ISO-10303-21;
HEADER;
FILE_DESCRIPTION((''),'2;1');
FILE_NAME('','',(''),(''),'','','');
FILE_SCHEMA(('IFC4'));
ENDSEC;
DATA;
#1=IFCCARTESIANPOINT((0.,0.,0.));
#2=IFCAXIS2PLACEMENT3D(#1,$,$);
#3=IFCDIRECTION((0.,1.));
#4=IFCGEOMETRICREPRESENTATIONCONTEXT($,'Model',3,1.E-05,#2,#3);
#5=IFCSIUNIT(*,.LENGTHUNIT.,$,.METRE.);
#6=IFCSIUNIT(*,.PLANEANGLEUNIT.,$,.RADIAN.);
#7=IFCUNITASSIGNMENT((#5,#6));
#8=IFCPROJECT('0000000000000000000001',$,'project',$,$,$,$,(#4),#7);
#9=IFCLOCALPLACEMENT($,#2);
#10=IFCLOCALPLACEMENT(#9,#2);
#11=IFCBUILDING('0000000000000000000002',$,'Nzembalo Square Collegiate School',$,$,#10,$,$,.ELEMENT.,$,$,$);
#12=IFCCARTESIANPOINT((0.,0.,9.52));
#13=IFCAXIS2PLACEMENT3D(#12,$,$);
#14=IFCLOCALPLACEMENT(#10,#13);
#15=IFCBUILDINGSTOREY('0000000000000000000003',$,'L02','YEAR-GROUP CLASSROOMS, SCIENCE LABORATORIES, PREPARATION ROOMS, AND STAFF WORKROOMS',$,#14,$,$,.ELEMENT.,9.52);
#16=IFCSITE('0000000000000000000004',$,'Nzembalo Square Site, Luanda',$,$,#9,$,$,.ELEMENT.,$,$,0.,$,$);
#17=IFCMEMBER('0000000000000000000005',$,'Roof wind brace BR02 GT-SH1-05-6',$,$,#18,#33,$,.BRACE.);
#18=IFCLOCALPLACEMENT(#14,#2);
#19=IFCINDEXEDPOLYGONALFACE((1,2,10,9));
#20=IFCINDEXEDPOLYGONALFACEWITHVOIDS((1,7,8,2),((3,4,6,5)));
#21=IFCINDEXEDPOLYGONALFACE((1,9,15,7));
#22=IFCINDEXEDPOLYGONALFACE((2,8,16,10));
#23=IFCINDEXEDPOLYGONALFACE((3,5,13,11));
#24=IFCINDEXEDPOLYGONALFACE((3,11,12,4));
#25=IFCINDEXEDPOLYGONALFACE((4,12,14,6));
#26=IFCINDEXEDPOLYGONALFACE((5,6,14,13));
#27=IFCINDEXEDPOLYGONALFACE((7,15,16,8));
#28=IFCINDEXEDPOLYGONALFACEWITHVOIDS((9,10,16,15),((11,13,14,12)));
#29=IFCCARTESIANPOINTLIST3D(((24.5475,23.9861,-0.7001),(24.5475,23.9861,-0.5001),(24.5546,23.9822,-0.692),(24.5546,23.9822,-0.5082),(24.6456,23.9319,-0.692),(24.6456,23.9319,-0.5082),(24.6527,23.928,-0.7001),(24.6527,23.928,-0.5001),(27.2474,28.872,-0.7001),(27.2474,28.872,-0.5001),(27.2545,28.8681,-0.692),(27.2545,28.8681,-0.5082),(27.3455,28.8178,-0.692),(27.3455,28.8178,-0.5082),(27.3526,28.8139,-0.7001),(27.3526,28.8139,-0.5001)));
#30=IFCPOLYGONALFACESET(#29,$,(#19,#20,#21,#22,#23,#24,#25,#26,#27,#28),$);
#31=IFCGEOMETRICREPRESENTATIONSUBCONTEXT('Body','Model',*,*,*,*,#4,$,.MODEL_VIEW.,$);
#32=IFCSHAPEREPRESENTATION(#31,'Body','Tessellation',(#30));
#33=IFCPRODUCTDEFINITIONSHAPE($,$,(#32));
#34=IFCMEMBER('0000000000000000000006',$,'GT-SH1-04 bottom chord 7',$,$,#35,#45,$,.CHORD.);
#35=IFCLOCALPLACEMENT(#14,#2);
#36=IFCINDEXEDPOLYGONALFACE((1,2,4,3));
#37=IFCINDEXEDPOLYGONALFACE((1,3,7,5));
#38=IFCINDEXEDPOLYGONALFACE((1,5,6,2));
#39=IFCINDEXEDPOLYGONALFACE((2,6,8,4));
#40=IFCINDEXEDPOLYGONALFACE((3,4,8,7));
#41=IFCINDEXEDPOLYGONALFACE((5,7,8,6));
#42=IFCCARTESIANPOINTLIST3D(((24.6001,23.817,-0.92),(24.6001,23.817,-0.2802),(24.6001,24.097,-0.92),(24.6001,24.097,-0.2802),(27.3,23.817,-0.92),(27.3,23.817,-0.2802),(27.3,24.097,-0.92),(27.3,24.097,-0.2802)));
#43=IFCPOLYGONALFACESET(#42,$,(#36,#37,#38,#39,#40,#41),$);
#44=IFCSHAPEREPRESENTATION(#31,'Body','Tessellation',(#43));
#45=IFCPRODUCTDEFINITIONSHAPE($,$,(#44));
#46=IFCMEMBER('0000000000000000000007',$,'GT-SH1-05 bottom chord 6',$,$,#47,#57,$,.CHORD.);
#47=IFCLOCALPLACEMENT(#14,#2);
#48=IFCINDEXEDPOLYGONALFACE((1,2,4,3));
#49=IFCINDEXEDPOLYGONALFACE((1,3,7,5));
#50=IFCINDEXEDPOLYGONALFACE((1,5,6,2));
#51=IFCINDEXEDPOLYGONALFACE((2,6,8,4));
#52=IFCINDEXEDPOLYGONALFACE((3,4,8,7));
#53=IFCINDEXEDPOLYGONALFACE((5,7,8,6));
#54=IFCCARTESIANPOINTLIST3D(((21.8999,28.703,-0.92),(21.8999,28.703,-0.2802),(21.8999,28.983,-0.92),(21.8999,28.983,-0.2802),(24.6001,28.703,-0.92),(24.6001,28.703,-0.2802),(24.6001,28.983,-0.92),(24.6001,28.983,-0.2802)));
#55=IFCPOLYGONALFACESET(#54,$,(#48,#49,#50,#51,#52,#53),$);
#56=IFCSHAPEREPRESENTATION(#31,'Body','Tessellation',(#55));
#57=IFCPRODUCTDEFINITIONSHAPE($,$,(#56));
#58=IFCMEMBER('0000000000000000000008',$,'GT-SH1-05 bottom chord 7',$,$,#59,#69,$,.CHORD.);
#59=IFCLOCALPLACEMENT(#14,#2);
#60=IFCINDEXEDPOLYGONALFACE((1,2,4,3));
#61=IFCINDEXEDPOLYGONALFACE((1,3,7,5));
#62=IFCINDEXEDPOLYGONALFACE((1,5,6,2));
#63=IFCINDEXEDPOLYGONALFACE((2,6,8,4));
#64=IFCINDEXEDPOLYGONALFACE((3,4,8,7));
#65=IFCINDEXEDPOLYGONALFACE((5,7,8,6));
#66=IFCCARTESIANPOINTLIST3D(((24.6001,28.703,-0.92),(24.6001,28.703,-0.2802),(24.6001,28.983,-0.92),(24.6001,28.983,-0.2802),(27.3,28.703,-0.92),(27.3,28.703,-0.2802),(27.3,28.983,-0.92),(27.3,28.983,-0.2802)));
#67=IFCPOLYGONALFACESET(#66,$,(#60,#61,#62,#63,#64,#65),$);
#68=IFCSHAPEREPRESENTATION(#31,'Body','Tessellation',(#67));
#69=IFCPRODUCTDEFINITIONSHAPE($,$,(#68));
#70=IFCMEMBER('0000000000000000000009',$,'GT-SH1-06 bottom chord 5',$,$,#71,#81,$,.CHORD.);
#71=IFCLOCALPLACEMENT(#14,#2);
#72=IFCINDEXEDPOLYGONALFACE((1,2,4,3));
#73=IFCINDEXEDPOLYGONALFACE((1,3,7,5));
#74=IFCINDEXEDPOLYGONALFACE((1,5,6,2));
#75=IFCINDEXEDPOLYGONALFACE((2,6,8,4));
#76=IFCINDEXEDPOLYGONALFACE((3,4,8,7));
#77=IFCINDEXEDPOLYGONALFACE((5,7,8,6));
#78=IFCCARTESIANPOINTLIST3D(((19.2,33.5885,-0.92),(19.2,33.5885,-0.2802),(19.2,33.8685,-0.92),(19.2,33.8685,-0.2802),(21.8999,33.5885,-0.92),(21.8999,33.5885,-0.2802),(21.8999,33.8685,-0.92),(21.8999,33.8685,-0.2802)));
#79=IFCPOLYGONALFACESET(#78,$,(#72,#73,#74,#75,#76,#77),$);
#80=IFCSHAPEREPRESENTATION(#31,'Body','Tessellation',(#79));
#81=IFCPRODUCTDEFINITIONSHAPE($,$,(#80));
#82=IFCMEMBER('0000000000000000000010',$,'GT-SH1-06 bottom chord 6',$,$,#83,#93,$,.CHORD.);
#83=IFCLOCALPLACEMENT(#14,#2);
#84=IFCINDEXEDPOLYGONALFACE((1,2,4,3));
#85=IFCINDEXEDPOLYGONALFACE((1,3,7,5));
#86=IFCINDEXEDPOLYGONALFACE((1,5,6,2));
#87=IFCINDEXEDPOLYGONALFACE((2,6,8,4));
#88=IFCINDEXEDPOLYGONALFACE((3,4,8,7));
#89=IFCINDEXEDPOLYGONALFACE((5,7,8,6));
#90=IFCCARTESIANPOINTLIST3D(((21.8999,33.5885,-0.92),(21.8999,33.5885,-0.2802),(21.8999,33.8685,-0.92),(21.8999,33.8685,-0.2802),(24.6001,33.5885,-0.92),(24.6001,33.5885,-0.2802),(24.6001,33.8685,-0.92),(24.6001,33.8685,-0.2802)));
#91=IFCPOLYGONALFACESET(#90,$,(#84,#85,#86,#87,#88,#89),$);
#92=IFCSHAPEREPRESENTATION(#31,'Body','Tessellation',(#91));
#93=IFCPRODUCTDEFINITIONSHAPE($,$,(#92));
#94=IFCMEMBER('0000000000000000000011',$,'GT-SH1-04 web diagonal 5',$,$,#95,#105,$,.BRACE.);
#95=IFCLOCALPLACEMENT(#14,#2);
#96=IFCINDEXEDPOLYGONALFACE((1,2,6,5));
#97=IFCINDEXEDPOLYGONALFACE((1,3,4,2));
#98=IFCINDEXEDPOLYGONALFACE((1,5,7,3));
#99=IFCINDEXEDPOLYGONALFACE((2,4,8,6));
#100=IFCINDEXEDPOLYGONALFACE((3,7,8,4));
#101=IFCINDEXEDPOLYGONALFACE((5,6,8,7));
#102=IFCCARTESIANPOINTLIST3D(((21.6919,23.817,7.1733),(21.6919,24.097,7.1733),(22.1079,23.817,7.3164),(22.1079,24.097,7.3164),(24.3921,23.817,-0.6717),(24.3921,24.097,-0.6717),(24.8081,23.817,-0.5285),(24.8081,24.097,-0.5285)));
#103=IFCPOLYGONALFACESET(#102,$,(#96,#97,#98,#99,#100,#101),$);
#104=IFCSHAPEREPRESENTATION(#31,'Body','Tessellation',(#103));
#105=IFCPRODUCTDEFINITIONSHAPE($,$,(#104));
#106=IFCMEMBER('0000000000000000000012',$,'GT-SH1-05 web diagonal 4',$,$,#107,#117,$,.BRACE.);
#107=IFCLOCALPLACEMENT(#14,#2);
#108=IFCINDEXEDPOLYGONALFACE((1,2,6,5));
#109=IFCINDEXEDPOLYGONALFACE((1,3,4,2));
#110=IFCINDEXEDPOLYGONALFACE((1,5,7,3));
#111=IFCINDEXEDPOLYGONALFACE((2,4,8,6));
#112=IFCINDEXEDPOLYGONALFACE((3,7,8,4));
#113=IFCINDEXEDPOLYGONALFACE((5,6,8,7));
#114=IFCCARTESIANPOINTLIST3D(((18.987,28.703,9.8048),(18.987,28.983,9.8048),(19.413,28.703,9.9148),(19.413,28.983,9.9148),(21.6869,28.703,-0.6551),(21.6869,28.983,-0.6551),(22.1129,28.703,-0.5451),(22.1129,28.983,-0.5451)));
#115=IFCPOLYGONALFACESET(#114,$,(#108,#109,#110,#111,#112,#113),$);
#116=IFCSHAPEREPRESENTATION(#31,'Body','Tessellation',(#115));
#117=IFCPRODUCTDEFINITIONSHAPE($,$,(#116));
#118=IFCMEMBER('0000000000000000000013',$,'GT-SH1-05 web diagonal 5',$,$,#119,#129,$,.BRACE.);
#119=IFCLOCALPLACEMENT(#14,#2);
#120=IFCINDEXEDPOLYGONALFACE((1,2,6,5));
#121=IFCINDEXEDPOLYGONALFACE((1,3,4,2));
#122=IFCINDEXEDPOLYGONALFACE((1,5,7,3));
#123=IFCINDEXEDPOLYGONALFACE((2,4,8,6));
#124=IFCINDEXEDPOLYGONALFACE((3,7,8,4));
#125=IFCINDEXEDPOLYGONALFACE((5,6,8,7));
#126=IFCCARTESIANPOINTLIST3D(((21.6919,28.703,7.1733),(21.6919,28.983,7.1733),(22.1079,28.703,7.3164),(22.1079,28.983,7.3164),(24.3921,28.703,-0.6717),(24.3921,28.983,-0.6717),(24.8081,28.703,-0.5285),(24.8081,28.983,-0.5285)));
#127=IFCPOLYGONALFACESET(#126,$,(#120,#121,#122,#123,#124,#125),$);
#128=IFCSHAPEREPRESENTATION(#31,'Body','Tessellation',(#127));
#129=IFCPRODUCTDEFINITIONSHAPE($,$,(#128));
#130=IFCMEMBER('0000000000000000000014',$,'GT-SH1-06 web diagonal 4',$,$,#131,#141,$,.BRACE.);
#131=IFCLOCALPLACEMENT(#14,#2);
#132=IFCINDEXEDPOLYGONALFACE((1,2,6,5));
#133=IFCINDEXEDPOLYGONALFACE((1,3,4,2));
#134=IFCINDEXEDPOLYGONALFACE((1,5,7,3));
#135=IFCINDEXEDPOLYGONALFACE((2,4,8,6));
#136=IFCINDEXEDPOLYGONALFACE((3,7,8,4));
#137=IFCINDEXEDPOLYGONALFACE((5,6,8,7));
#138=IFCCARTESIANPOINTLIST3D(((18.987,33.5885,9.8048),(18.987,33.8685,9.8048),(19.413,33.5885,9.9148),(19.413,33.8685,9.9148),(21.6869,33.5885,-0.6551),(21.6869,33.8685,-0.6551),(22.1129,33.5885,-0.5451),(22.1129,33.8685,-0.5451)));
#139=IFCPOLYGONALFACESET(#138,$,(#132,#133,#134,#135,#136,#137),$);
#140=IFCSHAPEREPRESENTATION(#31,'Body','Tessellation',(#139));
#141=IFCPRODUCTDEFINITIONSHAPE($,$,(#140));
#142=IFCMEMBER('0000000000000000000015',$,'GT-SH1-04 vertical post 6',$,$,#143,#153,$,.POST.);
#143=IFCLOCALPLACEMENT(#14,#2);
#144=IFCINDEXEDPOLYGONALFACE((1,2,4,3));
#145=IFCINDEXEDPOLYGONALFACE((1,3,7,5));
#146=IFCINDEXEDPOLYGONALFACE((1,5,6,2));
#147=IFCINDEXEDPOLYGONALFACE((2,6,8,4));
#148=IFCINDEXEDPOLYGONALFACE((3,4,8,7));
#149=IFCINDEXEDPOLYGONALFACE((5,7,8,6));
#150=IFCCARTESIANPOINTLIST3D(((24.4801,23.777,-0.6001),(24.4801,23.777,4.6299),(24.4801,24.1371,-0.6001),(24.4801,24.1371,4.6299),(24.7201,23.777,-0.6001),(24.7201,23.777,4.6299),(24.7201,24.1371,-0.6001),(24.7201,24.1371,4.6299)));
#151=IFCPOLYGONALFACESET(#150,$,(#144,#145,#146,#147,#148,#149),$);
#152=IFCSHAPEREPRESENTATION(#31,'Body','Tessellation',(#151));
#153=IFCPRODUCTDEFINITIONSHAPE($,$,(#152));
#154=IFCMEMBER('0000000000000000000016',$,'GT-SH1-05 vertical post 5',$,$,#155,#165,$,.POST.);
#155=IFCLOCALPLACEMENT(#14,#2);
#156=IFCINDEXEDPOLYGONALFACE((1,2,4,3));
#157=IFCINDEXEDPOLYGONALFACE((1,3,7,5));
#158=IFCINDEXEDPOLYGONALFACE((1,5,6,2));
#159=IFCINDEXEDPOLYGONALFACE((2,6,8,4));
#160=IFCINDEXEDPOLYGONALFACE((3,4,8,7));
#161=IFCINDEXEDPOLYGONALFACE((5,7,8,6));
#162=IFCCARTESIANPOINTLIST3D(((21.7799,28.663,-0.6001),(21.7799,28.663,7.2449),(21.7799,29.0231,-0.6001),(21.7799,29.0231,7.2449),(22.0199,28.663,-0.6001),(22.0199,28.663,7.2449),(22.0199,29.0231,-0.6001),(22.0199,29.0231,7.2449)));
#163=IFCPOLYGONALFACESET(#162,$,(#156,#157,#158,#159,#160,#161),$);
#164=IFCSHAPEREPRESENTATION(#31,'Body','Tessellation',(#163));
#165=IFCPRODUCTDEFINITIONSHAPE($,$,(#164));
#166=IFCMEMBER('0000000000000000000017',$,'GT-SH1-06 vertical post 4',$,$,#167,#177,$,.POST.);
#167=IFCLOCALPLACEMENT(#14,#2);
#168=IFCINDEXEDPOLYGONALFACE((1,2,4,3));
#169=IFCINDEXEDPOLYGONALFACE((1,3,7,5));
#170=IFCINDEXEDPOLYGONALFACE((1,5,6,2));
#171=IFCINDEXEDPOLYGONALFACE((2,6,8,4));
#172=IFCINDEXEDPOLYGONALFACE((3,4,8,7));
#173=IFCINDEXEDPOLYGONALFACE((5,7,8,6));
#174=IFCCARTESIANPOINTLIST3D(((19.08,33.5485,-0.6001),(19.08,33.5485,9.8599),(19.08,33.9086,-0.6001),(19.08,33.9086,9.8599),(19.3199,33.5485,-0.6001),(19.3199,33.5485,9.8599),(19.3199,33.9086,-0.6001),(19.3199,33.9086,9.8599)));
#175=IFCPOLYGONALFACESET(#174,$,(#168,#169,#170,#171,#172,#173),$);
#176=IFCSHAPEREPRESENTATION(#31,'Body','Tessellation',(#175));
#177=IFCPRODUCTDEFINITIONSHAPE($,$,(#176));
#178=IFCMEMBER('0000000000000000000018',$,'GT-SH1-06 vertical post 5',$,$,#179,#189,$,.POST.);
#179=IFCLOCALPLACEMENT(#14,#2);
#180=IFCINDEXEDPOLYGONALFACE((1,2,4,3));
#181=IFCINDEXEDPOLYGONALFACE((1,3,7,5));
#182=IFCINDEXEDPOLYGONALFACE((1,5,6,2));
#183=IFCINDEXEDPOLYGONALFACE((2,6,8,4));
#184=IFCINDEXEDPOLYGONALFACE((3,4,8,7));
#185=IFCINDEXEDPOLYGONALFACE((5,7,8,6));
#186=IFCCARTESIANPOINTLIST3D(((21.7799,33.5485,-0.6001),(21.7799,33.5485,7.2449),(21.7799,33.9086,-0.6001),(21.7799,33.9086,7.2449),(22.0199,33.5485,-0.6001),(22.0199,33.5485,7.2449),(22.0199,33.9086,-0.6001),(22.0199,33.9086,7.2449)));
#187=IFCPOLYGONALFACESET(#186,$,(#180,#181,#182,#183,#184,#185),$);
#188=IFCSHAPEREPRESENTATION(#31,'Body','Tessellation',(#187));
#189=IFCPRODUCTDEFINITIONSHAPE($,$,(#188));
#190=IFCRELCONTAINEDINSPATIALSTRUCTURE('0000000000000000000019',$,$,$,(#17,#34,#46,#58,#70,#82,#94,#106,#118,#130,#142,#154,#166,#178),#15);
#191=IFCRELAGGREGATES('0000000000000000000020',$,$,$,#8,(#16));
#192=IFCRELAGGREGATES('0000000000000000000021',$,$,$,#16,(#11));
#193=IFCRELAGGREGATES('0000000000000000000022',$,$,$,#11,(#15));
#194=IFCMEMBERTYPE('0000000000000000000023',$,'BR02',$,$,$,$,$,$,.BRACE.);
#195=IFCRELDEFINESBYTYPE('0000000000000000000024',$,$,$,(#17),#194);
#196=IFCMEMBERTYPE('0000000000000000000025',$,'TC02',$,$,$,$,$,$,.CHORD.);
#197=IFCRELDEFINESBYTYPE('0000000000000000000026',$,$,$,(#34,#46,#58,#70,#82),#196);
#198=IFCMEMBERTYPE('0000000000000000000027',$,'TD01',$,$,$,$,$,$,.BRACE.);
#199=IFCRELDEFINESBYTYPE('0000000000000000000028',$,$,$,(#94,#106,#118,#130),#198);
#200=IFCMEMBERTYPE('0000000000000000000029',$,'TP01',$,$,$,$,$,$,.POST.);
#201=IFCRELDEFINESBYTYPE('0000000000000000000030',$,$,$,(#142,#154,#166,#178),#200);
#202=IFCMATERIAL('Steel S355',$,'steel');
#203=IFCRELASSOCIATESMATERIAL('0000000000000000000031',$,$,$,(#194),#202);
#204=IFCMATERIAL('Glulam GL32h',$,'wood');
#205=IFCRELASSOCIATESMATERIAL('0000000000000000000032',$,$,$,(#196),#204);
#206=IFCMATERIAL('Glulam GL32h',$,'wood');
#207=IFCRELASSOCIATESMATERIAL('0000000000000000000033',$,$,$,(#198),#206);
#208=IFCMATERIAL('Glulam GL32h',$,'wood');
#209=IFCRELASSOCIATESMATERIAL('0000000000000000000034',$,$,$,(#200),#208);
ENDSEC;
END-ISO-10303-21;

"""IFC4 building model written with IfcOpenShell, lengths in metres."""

from ifc_helpers import new_model, si_unit, direction, frame, origin, origin_2d, place, context, subcontext, project, spatial, rectangle, hollow_rectangle, extrude, material, material_profile, profile_set, type_object, element, save


model = new_model("IFC4")

# Units and contexts
model_context = context("Model", 3, precision=1e-05, world=origin(), true_north=direction((0.0, 1.0)))
body_context = subcontext(model_context, "Body", "Model", "MODEL_VIEW")
ifc_project = project(units=[si_unit("LENGTHUNIT", "METRE"), si_unit("PLANEANGLEUNIT", "RADIAN")], contexts=[model_context])

# Site, building, storey
site_placement = place(None, origin())
site = spatial("IfcSite", under=ifc_project, at=site_placement, Name="Nzembalo Square Site, Luanda", CompositionType="ELEMENT", RefElevation=0.0)
building_placement = place(site_placement, origin())
building = spatial("IfcBuilding", under=site, at=building_placement, Name="Nzembalo Square Collegiate School", CompositionType="ELEMENT")
storey_placement = place(building_placement, frame((0.0, 0.0, 9.52)))
storey = spatial("IfcBuildingStorey", under=building, at=storey_placement, Name="L02", Description="YEAR-GROUP CLASSROOMS, SCIENCE LABORATORIES, PREPARATION ROOMS, AND STAFF WORKROOMS", CompositionType="ELEMENT", Elevation=9.52)

# Members
ifc_material_1 = material(Name="Steel S355", Category="steel")
ifc_material_profile_1 = material_profile(ifc_material_1, hollow_rectangle(XDim=0.1201, YDim=0.2, WallThickness=0.0081, at=origin_2d()), Name="RHS 200x120x8")
ifc_profile_set_1 = profile_set([ifc_material_profile_1], Name="Steel S355")
member_type_1 = type_object("IfcMemberType", Name="BR02", PredefinedType="BRACE", material=ifc_profile_set_1)
member_1_placement = place(storey_placement, frame((24.6001, 23.957, -0.6001), z_axis=(0.483659, 0.875257, 0.0), x_axis=(-0.875257, 0.483659, 0.0)))
element("IfcMember", 1, at=member_1_placement, inside=storey, type_object=member_type_1, Name="Roof wind brace BR02 GT-SH1-05-6", PredefinedType="BRACE", context=body_context, shape_type="SweptSolid", body=[
    extrude(hollow_rectangle(XDim=0.1201, YDim=0.2, WallThickness=0.0081, at=origin_2d()), origin(), (0.0, 0.0, 1.0), 5.5823),
])
ifc_material_2 = material(Name="Glulam GL32h", Category="wood")
ifc_material_profile_2 = material_profile(ifc_material_2, rectangle(XDim=0.28, YDim=0.6399, at=origin_2d()), Name="GL32h 280x640")
ifc_profile_set_2 = profile_set([ifc_material_profile_2], Name="Glulam GL32h")
member_type_2 = type_object("IfcMemberType", Name="TC02", PredefinedType="CHORD", material=ifc_profile_set_2)
member_2_placement = place(storey_placement, frame((24.6001, 23.957, -0.6001), z_axis=(1.0, 0.0, 0.0), x_axis=(0.0, 1.0, 0.0)))
element("IfcMember", 2, at=member_2_placement, inside=storey, type_object=member_type_2, Name="GT-SH1-04 bottom chord 7", PredefinedType="CHORD", context=body_context, shape_type="SweptSolid", body=[
    extrude(rectangle(XDim=0.28, YDim=0.6399, at=origin_2d()), origin(), (0.0, 0.0, 1.0), 2.7),
])
member_3_placement = place(storey_placement, frame((21.8999, 28.843, -0.6001), z_axis=(1.0, 0.0, 0.0), x_axis=(0.0, 1.0, 0.0)))
element("IfcMember", 3, at=member_3_placement, inside=storey, type_object=member_type_2, Name="GT-SH1-05 bottom chord 6", PredefinedType="CHORD", context=body_context, shape_type="SweptSolid", body=[
    extrude(rectangle(XDim=0.28, YDim=0.6399, at=origin_2d()), origin(), (0.0, 0.0, 1.0), 2.7002),
])
for number, where, z_axis, x_axis, name in (
    (4, (24.6001, 28.843, -0.6001), (1.0, 0.0, 0.0), (0.0, 1.0, 0.0), "GT-SH1-05 bottom chord 7"),
    (5, (19.2, 33.7285, -0.6001), (1.0, 0.0, 0.0), (0.0, 1.0, 0.0), "GT-SH1-06 bottom chord 5"),
):
    element("IfcMember", number, at=place(storey_placement, frame(where, z_axis=z_axis, x_axis=x_axis)), inside=storey, type_object=member_type_2, Name=name, PredefinedType="CHORD", context=body_context, shape_type="SweptSolid", body=[
        extrude(rectangle(XDim=0.28, YDim=0.6399, at=origin_2d()), origin(), (0.0, 0.0, 1.0), 2.7),
    ])
member_4_placement = place(storey_placement, frame((21.8999, 33.7285, -0.6001), z_axis=(1.0, 0.0, 0.0), x_axis=(0.0, 1.0, 0.0)))
element("IfcMember", 6, at=member_4_placement, inside=storey, type_object=member_type_2, Name="GT-SH1-06 bottom chord 6", PredefinedType="CHORD", context=body_context, shape_type="SweptSolid", body=[
    extrude(rectangle(XDim=0.28, YDim=0.6399, at=origin_2d()), origin(), (0.0, 0.0, 1.0), 2.7002),
])
ifc_material_3 = material(Name="Glulam GL32h", Category="wood")
ifc_material_profile_3 = material_profile(ifc_material_3, rectangle(XDim=0.28, YDim=0.4399, at=origin_2d()), Name="GL32h 280x440")
ifc_profile_set_3 = profile_set([ifc_material_profile_3], Name="Glulam GL32h")
member_type_3 = type_object("IfcMemberType", Name="TD01", PredefinedType="BRACE", material=ifc_profile_set_3)
member_5_placement = place(storey_placement, frame((24.6001, 23.957, -0.6001), z_axis=(-0.325456, 0.0, 0.945557), x_axis=(0.0, -1.0, 0.0)))
element("IfcMember", 7, at=member_5_placement, inside=storey, type_object=member_type_3, Name="GT-SH1-04 web diagonal 5", PredefinedType="BRACE", context=body_context, shape_type="SweptSolid", body=[
    extrude(rectangle(XDim=0.28, YDim=0.4399, at=origin_2d()), origin(), (0.0, 0.0, 1.0), 8.2966),
])
member_6_placement = place(storey_placement, frame((21.8999, 28.843, -0.6001), z_axis=(-0.249931, 0.0, 0.968264), x_axis=(0.0, -1.0, 0.0)))
element("IfcMember", 8, at=member_6_placement, inside=storey, type_object=member_type_3, Name="GT-SH1-05 web diagonal 4", PredefinedType="BRACE", context=body_context, shape_type="SweptSolid", body=[
    extrude(rectangle(XDim=0.28, YDim=0.4399, at=origin_2d()), origin(), (0.0, 0.0, 1.0), 10.8027),
])
member_7_placement = place(storey_placement, frame((24.6001, 28.843, -0.6001), z_axis=(-0.325456, 0.0, 0.945557), x_axis=(0.0, -1.0, 0.0)))
element("IfcMember", 9, at=member_7_placement, inside=storey, type_object=member_type_3, Name="GT-SH1-05 web diagonal 5", PredefinedType="BRACE", context=body_context, shape_type="SweptSolid", body=[
    extrude(rectangle(XDim=0.28, YDim=0.4399, at=origin_2d()), origin(), (0.0, 0.0, 1.0), 8.2966),
])
member_8_placement = place(storey_placement, frame((21.8999, 33.7285, -0.6001), z_axis=(-0.249931, 0.0, 0.968264), x_axis=(0.0, -1.0, 0.0)))
element("IfcMember", 10, at=member_8_placement, inside=storey, type_object=member_type_3, Name="GT-SH1-06 web diagonal 4", PredefinedType="BRACE", context=body_context, shape_type="SweptSolid", body=[
    extrude(rectangle(XDim=0.28, YDim=0.4399, at=origin_2d()), origin(), (0.0, 0.0, 1.0), 10.8027),
])
ifc_material_4 = material(Name="Glulam GL32h", Category="wood")
ifc_material_profile_4 = material_profile(ifc_material_4, rectangle(XDim=0.24, YDim=0.3601, at=origin_2d()), Name="GL32h 240x360")
ifc_profile_set_4 = profile_set([ifc_material_profile_4], Name="Glulam GL32h")
member_type_4 = type_object("IfcMemberType", Name="TP01", PredefinedType="POST", material=ifc_profile_set_4)
member_9_placement = place(storey_placement, frame((24.6001, 23.957, -0.6001), z_axis=(0.0, 0.0, 1.0), x_axis=(1.0, 0.0, 0.0)))
element("IfcMember", 11, at=member_9_placement, inside=storey, type_object=member_type_4, Name="GT-SH1-04 vertical post 6", PredefinedType="POST", context=body_context, shape_type="SweptSolid", body=[
    extrude(rectangle(XDim=0.24, YDim=0.3601, at=origin_2d()), origin(), (0.0, 0.0, 1.0), 5.23),
])
member_10_placement = place(storey_placement, frame((21.8999, 28.843, -0.6001), z_axis=(0.0, 0.0, 1.0), x_axis=(1.0, 0.0, 0.0)))
element("IfcMember", 12, at=member_10_placement, inside=storey, type_object=member_type_4, Name="GT-SH1-05 vertical post 5", PredefinedType="POST", context=body_context, shape_type="SweptSolid", body=[
    extrude(rectangle(XDim=0.24, YDim=0.3601, at=origin_2d()), origin(), (0.0, 0.0, 1.0), 7.845),
])
member_11_placement = place(storey_placement, frame((19.2, 33.7285, -0.6001), z_axis=(0.0, 0.0, 1.0), x_axis=(1.0, 0.0, 0.0)))
element("IfcMember", 13, at=member_11_placement, inside=storey, type_object=member_type_4, Name="GT-SH1-06 vertical post 4", PredefinedType="POST", context=body_context, shape_type="SweptSolid", body=[
    extrude(rectangle(XDim=0.24, YDim=0.3601, at=origin_2d()), origin(), (0.0, 0.0, 1.0), 10.46),
])
member_12_placement = place(storey_placement, frame((21.8999, 33.7285, -0.6001), z_axis=(0.0, 0.0, 1.0), x_axis=(1.0, 0.0, 0.0)))
element("IfcMember", 14, at=member_12_placement, inside=storey, type_object=member_type_4, Name="GT-SH1-06 vertical post 5", PredefinedType="POST", context=body_context, shape_type="SweptSolid", body=[
    extrude(rectangle(XDim=0.24, YDim=0.3601, at=origin_2d()), origin(), (0.0, 0.0, 1.0), 7.845),
])

save(model, "model.ifc")
